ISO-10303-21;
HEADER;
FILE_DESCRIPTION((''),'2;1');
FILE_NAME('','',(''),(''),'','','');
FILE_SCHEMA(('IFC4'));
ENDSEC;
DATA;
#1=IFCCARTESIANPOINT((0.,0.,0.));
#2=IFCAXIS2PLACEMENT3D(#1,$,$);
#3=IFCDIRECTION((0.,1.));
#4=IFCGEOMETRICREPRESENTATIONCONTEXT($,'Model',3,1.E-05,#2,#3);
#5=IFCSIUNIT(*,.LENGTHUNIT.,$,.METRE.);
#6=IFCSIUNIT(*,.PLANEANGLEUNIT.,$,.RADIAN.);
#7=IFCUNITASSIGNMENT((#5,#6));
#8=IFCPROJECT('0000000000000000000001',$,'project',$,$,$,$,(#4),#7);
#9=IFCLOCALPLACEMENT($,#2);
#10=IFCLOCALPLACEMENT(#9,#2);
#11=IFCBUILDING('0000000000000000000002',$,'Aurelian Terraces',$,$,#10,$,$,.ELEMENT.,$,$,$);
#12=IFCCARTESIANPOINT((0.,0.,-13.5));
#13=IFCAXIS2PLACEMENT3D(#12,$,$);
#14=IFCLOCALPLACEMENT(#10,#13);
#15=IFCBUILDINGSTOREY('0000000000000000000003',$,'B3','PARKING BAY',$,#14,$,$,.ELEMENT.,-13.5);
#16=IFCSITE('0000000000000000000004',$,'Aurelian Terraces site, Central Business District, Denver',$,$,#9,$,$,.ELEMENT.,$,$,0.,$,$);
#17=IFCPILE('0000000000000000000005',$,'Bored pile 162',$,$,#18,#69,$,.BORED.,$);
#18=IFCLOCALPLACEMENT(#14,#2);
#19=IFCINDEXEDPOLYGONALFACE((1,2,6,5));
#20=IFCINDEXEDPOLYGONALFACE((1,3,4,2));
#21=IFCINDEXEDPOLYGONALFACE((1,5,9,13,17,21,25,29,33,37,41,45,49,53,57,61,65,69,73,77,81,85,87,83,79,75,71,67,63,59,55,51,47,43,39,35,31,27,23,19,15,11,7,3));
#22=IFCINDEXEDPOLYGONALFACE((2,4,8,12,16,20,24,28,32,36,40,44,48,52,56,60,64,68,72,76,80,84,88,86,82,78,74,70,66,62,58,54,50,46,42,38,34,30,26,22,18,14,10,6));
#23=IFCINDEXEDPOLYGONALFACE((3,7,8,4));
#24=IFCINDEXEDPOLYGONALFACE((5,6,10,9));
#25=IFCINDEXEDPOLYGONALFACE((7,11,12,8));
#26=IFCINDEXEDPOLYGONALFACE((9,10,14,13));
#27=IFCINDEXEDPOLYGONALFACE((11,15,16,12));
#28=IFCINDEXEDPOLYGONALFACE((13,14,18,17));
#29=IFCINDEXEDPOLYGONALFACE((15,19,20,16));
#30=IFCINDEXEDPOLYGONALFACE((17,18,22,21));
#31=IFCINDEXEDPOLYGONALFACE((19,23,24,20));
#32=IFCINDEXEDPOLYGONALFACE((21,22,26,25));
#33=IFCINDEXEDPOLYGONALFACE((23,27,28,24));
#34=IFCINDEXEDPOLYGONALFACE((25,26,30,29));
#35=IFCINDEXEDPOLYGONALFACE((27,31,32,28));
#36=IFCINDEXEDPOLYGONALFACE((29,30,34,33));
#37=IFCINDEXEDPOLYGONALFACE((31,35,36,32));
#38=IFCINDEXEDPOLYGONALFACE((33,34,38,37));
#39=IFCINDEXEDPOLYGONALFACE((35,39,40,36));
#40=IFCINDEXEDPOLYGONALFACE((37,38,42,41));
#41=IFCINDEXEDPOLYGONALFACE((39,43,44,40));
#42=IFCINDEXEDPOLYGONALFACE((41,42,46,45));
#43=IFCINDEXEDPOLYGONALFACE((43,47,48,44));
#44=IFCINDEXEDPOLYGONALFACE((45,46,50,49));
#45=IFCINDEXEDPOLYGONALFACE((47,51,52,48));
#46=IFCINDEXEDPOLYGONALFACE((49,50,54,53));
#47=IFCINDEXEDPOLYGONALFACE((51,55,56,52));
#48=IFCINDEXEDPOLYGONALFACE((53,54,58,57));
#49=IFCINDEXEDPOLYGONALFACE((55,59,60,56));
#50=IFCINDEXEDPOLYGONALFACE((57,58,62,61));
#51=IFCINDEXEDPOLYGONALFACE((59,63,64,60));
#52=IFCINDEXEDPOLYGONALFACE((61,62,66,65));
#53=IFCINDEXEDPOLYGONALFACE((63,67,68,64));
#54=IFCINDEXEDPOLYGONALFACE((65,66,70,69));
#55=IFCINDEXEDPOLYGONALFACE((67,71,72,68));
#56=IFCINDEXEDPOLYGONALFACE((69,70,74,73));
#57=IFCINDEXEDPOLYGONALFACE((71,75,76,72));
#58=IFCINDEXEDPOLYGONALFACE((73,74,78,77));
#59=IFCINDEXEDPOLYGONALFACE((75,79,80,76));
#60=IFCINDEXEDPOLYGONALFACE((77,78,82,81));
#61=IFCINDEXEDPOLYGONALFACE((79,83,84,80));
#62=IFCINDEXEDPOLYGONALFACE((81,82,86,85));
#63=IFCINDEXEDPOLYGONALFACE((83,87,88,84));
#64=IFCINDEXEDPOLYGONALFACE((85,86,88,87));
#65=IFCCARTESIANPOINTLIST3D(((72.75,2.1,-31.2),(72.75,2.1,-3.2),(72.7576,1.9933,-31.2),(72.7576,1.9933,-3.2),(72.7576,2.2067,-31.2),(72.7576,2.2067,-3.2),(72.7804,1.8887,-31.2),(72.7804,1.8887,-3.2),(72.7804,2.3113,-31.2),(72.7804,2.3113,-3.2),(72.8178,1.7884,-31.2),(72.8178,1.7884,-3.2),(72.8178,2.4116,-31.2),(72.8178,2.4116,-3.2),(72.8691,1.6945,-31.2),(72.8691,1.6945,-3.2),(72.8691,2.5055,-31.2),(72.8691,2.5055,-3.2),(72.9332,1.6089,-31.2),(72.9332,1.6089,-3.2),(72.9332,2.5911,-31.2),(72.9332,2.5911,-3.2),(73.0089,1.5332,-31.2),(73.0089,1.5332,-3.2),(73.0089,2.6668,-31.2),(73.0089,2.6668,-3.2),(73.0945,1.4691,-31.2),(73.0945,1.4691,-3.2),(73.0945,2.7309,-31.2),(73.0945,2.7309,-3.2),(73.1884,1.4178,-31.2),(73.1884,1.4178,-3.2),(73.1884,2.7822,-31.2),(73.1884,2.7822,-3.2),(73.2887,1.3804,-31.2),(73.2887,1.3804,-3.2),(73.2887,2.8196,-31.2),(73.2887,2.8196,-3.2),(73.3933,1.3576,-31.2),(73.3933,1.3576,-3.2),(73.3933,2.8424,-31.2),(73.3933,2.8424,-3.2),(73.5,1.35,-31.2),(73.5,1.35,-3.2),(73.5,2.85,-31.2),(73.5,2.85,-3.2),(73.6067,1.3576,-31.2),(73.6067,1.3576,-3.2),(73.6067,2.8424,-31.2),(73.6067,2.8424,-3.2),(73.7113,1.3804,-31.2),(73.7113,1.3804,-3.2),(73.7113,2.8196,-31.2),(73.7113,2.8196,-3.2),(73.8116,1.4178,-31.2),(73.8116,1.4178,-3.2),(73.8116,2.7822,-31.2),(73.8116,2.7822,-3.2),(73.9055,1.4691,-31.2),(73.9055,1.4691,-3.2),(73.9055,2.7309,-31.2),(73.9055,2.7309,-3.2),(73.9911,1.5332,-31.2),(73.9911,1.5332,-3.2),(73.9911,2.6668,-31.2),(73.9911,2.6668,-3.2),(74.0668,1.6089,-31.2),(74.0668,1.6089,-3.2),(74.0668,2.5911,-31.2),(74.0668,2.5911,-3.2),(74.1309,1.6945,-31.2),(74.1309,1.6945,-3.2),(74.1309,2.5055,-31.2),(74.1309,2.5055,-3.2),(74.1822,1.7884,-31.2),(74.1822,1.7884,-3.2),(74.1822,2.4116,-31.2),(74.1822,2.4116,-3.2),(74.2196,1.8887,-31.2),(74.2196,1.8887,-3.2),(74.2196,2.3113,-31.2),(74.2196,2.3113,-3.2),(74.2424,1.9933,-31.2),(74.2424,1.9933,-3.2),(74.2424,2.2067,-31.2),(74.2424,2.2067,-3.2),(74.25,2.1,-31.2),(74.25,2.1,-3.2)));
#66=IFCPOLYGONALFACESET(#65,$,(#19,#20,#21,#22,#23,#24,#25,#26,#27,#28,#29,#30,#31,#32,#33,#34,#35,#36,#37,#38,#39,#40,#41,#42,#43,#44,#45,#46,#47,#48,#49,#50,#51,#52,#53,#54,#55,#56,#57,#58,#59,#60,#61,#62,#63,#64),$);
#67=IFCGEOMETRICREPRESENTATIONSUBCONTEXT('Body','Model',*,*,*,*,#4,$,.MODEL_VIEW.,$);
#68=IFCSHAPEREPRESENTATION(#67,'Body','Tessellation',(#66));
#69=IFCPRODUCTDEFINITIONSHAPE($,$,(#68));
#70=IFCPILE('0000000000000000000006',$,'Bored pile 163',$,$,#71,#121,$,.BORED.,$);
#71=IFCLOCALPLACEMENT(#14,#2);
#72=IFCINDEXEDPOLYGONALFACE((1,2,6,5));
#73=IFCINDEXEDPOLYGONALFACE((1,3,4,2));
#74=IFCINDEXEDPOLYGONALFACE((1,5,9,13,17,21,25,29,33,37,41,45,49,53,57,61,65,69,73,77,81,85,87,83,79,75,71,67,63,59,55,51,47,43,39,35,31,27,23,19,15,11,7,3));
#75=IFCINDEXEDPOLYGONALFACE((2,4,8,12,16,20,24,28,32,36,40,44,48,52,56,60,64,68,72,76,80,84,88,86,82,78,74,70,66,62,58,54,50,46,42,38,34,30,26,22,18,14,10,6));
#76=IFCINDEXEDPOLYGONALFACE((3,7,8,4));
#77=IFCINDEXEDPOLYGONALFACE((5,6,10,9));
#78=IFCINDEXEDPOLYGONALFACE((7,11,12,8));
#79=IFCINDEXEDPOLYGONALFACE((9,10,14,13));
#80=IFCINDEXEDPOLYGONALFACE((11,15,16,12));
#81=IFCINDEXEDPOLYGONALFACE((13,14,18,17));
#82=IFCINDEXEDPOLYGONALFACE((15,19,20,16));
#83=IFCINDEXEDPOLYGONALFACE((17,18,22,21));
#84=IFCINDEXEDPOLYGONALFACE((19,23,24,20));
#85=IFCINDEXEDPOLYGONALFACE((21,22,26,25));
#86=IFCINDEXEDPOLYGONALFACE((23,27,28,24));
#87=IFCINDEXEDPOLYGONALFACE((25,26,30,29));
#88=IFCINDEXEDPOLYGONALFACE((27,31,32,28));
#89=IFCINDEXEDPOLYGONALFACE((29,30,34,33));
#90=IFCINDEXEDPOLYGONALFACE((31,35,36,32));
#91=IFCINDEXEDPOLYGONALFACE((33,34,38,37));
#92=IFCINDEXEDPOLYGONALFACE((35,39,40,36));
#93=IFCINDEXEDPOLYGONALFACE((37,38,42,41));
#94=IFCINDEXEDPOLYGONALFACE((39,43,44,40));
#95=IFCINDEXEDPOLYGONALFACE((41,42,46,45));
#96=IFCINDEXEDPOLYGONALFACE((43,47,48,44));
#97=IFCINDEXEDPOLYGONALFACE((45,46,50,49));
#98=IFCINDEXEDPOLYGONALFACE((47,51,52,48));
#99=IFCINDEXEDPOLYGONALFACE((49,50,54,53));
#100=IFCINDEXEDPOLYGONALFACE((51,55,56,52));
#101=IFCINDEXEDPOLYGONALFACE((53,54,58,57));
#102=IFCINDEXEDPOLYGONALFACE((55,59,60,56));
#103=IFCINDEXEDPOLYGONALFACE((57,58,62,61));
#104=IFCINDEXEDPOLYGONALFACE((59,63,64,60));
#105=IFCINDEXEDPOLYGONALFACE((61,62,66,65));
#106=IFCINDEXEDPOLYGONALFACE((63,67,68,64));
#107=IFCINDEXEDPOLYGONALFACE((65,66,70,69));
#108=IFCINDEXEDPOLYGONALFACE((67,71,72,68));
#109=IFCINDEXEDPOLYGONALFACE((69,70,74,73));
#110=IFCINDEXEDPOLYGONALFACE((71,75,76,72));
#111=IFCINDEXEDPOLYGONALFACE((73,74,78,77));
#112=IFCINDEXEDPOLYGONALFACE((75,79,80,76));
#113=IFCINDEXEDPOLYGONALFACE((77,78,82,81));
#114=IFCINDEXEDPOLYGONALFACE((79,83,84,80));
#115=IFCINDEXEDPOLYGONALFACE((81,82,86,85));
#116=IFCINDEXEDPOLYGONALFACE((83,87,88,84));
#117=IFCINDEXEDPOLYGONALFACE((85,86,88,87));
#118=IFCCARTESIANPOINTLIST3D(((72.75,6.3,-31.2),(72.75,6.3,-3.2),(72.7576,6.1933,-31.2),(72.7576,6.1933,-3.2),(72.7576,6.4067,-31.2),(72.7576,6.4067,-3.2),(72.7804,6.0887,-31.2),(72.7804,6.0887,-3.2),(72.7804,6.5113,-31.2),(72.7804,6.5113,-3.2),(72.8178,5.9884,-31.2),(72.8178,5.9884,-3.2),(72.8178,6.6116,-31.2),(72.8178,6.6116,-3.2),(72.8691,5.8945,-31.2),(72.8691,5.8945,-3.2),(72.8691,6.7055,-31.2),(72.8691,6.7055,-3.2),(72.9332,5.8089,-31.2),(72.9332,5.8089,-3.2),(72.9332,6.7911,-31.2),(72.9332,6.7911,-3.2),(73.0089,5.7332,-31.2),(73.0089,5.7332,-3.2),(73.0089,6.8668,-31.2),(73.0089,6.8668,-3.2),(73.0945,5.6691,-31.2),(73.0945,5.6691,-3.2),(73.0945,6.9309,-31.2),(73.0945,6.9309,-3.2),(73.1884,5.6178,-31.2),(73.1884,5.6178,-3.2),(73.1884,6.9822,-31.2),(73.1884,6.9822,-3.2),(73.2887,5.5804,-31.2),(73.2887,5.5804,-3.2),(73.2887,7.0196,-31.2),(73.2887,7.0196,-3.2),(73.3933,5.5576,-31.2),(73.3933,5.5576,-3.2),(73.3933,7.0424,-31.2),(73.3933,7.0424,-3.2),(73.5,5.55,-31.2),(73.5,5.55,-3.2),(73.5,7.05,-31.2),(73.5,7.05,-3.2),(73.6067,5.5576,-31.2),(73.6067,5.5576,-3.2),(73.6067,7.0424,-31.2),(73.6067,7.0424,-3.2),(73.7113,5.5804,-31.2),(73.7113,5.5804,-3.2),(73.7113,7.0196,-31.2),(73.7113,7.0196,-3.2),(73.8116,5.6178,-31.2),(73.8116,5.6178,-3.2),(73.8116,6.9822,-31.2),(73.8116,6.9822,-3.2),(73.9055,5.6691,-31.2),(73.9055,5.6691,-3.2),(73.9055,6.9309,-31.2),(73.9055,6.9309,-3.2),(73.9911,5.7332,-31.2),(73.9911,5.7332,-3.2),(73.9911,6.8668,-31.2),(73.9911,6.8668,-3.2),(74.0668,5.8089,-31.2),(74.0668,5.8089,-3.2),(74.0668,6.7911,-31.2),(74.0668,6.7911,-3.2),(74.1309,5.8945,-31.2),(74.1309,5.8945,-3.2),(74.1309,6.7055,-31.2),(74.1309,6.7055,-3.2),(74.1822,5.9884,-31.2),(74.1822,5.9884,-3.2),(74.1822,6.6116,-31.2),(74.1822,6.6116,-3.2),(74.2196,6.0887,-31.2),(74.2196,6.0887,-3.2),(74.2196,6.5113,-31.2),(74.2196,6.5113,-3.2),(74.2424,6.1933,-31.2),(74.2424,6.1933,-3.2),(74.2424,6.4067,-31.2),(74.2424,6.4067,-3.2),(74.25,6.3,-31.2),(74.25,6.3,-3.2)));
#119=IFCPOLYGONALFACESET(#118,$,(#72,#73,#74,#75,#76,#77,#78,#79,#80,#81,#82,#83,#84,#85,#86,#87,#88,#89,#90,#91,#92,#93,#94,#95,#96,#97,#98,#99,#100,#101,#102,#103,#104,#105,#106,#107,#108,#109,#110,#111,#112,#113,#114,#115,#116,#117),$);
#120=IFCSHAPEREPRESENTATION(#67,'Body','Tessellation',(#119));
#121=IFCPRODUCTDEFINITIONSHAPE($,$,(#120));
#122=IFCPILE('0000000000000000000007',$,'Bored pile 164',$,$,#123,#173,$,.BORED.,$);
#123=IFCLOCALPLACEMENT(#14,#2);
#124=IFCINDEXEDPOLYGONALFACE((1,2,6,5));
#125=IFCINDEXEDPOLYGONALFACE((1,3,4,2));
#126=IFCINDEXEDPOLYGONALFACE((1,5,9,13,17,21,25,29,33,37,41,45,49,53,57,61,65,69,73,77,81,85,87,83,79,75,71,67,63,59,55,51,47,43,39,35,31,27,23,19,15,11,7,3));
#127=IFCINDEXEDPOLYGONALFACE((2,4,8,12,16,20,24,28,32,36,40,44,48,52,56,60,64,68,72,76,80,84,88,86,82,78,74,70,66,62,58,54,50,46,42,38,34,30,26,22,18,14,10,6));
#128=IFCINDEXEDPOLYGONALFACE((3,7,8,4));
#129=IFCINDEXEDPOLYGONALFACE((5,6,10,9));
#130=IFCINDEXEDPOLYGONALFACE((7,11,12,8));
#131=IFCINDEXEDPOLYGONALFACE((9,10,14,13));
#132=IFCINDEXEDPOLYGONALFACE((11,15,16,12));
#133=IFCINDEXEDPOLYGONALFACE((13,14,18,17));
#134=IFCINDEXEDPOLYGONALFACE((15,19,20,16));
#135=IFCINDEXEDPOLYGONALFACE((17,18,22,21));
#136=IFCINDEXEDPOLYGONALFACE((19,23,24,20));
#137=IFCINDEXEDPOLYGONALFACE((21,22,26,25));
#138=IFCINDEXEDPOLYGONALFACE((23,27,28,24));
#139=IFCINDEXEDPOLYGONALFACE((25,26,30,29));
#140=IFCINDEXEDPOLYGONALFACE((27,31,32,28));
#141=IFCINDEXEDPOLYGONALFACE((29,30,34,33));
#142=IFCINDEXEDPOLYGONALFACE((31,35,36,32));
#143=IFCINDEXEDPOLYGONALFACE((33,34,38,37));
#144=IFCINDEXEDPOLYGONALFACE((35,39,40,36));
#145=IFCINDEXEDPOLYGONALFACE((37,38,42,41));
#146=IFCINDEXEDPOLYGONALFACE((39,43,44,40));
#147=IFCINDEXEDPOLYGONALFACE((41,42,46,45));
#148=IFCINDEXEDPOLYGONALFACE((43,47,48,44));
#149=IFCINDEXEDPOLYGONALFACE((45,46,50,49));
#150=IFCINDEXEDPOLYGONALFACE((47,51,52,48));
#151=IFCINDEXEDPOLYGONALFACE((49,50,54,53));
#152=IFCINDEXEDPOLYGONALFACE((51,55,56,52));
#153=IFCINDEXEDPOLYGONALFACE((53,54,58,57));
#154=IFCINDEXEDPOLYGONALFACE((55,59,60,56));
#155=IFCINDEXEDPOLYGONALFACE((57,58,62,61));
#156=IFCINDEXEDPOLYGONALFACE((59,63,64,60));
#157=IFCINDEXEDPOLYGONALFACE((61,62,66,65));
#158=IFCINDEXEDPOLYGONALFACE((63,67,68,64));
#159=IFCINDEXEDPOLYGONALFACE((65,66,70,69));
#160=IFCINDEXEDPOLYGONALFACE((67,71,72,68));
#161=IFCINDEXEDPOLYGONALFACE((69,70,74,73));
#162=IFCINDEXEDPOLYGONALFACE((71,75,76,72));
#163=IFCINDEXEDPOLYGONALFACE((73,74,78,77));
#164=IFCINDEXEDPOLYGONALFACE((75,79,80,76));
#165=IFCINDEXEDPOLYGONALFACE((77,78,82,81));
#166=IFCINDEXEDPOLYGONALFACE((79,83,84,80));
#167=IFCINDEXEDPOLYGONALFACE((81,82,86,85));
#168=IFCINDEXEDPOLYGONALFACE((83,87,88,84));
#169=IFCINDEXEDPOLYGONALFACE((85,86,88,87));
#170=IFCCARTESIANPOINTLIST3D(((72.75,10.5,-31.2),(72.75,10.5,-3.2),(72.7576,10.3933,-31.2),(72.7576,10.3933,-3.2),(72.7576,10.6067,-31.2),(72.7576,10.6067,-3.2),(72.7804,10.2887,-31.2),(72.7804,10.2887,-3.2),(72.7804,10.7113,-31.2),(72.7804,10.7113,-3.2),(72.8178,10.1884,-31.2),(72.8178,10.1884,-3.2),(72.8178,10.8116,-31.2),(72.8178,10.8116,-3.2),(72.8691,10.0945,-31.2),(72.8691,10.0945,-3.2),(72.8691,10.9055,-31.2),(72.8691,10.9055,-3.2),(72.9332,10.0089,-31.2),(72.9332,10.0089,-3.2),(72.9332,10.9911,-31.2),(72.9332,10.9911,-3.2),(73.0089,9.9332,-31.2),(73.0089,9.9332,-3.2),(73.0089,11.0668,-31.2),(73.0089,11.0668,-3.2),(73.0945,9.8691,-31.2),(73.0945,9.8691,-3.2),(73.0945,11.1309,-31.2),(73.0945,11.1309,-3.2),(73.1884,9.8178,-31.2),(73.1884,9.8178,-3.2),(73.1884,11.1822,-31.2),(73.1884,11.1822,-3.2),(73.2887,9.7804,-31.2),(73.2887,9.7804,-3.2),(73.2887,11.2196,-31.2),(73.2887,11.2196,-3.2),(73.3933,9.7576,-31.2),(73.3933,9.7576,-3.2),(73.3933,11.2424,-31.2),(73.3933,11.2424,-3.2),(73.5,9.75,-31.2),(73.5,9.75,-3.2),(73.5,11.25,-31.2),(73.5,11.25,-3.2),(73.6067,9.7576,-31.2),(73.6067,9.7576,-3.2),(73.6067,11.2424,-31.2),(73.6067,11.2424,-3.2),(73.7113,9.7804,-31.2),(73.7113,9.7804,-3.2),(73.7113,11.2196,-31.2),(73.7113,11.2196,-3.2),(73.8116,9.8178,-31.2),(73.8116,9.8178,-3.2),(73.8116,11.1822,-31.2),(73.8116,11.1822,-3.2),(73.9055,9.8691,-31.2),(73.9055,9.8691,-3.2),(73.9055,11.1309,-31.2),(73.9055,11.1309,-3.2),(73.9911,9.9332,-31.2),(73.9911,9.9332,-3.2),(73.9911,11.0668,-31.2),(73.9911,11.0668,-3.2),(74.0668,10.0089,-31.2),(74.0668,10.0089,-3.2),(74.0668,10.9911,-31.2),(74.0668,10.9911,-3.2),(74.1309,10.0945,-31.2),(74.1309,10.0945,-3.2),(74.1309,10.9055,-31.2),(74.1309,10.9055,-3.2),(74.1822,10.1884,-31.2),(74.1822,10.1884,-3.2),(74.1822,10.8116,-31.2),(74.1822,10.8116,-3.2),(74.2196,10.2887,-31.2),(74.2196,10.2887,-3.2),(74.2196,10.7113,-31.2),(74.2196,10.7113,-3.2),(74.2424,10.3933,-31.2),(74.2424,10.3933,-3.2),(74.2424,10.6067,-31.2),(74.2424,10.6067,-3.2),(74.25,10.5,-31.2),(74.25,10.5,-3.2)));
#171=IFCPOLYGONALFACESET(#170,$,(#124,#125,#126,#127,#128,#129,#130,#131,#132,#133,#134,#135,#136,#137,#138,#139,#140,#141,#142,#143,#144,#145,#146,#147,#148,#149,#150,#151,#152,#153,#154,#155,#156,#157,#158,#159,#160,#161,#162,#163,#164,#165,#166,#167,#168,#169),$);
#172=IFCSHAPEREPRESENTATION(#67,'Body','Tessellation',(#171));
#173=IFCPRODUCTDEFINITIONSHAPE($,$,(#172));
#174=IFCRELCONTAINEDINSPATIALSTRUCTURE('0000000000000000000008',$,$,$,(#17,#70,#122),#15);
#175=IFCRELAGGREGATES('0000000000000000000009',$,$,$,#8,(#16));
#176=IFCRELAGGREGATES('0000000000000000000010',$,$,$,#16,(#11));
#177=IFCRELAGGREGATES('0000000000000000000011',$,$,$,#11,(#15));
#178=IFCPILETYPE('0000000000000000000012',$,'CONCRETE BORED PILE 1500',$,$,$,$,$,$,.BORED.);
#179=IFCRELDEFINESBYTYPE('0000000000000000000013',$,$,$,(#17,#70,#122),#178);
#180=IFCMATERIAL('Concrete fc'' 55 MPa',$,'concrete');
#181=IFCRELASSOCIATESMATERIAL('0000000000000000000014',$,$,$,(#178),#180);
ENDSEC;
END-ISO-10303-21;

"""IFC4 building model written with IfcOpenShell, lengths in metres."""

from ifc_helpers import new_model, si_unit, direction, frame, origin, origin_2d, place, context, subcontext, project, spatial, circle, extrude, source, transform, mapped, material, material_profile, profile_set, type_object, element, save


model = new_model("IFC4")

# Units and contexts
model_context = context("Model", 3, precision=1e-05, world=origin(), true_north=direction((0.0, 1.0)))
body_context = subcontext(model_context, "Body", "Model", "MODEL_VIEW")
ifc_project = project(units=[si_unit("LENGTHUNIT", "METRE"), si_unit("PLANEANGLEUNIT", "RADIAN")], contexts=[model_context])

# Site, building, storey
site_placement = place(None, origin())
site = spatial("IfcSite", under=ifc_project, at=site_placement, Name="Aurelian Terraces site, Central Business District, Denver", CompositionType="ELEMENT", RefElevation=0.0)
building_placement = place(site_placement, origin())
building = spatial("IfcBuilding", under=site, at=building_placement, Name="Aurelian Terraces", CompositionType="ELEMENT")
storey_placement = place(building_placement, frame((0.0, 0.0, -13.5)))
storey = spatial("IfcBuildingStorey", under=building, at=storey_placement, Name="B3", Description="PARKING BAY", CompositionType="ELEMENT", Elevation=-13.5)

# Piles
ifc_material_1 = material(Name="Concrete fc' 55 MPa", Category="concrete")
ifc_material_profile_1 = material_profile(ifc_material_1, circle(Radius=0.75, at=origin_2d()))
ifc_profile_set_1 = profile_set([ifc_material_profile_1], Name="Concrete fc' 55 MPa")
pile_type = type_object("IfcPileType", Name="CONCRETE BORED PILE 1500", PredefinedType="BORED", material=ifc_profile_set_1)
shared_shape_1 = source(origin(), body_context, "Body", "SweptSolid", [
    extrude(circle(Radius=0.75, at=origin_2d()), origin(), (0.0, 0.0, 1.0), 28.0),
])
for number, where, z_axis, x_axis, name in (
    (1, (73.5, 2.1, -3.2), (0.0, 0.0, -1.0), (1.0, 0.0, 0.0), "Bored pile 162"),
    (2, (73.5, 6.3, -3.2), (0.0, 0.0, -1.0), (1.0, 0.0, 0.0), "Bored pile 163"),
    (3, (73.5, 10.5, -3.2), (0.0, 0.0, -1.0), (1.0, 0.0, 0.0), "Bored pile 164"),
):
    element("IfcPile", number, at=place(storey_placement, frame(where, z_axis=z_axis, x_axis=x_axis)), inside=storey, type_object=pile_type, Name=name, PredefinedType="BORED", context=body_context, shape_type="MappedRepresentation", body=[
        mapped(shared_shape_1, transform((0.0, 0.0, 0.0), scale=1.0)),
    ])

save(model, "model.ifc")
